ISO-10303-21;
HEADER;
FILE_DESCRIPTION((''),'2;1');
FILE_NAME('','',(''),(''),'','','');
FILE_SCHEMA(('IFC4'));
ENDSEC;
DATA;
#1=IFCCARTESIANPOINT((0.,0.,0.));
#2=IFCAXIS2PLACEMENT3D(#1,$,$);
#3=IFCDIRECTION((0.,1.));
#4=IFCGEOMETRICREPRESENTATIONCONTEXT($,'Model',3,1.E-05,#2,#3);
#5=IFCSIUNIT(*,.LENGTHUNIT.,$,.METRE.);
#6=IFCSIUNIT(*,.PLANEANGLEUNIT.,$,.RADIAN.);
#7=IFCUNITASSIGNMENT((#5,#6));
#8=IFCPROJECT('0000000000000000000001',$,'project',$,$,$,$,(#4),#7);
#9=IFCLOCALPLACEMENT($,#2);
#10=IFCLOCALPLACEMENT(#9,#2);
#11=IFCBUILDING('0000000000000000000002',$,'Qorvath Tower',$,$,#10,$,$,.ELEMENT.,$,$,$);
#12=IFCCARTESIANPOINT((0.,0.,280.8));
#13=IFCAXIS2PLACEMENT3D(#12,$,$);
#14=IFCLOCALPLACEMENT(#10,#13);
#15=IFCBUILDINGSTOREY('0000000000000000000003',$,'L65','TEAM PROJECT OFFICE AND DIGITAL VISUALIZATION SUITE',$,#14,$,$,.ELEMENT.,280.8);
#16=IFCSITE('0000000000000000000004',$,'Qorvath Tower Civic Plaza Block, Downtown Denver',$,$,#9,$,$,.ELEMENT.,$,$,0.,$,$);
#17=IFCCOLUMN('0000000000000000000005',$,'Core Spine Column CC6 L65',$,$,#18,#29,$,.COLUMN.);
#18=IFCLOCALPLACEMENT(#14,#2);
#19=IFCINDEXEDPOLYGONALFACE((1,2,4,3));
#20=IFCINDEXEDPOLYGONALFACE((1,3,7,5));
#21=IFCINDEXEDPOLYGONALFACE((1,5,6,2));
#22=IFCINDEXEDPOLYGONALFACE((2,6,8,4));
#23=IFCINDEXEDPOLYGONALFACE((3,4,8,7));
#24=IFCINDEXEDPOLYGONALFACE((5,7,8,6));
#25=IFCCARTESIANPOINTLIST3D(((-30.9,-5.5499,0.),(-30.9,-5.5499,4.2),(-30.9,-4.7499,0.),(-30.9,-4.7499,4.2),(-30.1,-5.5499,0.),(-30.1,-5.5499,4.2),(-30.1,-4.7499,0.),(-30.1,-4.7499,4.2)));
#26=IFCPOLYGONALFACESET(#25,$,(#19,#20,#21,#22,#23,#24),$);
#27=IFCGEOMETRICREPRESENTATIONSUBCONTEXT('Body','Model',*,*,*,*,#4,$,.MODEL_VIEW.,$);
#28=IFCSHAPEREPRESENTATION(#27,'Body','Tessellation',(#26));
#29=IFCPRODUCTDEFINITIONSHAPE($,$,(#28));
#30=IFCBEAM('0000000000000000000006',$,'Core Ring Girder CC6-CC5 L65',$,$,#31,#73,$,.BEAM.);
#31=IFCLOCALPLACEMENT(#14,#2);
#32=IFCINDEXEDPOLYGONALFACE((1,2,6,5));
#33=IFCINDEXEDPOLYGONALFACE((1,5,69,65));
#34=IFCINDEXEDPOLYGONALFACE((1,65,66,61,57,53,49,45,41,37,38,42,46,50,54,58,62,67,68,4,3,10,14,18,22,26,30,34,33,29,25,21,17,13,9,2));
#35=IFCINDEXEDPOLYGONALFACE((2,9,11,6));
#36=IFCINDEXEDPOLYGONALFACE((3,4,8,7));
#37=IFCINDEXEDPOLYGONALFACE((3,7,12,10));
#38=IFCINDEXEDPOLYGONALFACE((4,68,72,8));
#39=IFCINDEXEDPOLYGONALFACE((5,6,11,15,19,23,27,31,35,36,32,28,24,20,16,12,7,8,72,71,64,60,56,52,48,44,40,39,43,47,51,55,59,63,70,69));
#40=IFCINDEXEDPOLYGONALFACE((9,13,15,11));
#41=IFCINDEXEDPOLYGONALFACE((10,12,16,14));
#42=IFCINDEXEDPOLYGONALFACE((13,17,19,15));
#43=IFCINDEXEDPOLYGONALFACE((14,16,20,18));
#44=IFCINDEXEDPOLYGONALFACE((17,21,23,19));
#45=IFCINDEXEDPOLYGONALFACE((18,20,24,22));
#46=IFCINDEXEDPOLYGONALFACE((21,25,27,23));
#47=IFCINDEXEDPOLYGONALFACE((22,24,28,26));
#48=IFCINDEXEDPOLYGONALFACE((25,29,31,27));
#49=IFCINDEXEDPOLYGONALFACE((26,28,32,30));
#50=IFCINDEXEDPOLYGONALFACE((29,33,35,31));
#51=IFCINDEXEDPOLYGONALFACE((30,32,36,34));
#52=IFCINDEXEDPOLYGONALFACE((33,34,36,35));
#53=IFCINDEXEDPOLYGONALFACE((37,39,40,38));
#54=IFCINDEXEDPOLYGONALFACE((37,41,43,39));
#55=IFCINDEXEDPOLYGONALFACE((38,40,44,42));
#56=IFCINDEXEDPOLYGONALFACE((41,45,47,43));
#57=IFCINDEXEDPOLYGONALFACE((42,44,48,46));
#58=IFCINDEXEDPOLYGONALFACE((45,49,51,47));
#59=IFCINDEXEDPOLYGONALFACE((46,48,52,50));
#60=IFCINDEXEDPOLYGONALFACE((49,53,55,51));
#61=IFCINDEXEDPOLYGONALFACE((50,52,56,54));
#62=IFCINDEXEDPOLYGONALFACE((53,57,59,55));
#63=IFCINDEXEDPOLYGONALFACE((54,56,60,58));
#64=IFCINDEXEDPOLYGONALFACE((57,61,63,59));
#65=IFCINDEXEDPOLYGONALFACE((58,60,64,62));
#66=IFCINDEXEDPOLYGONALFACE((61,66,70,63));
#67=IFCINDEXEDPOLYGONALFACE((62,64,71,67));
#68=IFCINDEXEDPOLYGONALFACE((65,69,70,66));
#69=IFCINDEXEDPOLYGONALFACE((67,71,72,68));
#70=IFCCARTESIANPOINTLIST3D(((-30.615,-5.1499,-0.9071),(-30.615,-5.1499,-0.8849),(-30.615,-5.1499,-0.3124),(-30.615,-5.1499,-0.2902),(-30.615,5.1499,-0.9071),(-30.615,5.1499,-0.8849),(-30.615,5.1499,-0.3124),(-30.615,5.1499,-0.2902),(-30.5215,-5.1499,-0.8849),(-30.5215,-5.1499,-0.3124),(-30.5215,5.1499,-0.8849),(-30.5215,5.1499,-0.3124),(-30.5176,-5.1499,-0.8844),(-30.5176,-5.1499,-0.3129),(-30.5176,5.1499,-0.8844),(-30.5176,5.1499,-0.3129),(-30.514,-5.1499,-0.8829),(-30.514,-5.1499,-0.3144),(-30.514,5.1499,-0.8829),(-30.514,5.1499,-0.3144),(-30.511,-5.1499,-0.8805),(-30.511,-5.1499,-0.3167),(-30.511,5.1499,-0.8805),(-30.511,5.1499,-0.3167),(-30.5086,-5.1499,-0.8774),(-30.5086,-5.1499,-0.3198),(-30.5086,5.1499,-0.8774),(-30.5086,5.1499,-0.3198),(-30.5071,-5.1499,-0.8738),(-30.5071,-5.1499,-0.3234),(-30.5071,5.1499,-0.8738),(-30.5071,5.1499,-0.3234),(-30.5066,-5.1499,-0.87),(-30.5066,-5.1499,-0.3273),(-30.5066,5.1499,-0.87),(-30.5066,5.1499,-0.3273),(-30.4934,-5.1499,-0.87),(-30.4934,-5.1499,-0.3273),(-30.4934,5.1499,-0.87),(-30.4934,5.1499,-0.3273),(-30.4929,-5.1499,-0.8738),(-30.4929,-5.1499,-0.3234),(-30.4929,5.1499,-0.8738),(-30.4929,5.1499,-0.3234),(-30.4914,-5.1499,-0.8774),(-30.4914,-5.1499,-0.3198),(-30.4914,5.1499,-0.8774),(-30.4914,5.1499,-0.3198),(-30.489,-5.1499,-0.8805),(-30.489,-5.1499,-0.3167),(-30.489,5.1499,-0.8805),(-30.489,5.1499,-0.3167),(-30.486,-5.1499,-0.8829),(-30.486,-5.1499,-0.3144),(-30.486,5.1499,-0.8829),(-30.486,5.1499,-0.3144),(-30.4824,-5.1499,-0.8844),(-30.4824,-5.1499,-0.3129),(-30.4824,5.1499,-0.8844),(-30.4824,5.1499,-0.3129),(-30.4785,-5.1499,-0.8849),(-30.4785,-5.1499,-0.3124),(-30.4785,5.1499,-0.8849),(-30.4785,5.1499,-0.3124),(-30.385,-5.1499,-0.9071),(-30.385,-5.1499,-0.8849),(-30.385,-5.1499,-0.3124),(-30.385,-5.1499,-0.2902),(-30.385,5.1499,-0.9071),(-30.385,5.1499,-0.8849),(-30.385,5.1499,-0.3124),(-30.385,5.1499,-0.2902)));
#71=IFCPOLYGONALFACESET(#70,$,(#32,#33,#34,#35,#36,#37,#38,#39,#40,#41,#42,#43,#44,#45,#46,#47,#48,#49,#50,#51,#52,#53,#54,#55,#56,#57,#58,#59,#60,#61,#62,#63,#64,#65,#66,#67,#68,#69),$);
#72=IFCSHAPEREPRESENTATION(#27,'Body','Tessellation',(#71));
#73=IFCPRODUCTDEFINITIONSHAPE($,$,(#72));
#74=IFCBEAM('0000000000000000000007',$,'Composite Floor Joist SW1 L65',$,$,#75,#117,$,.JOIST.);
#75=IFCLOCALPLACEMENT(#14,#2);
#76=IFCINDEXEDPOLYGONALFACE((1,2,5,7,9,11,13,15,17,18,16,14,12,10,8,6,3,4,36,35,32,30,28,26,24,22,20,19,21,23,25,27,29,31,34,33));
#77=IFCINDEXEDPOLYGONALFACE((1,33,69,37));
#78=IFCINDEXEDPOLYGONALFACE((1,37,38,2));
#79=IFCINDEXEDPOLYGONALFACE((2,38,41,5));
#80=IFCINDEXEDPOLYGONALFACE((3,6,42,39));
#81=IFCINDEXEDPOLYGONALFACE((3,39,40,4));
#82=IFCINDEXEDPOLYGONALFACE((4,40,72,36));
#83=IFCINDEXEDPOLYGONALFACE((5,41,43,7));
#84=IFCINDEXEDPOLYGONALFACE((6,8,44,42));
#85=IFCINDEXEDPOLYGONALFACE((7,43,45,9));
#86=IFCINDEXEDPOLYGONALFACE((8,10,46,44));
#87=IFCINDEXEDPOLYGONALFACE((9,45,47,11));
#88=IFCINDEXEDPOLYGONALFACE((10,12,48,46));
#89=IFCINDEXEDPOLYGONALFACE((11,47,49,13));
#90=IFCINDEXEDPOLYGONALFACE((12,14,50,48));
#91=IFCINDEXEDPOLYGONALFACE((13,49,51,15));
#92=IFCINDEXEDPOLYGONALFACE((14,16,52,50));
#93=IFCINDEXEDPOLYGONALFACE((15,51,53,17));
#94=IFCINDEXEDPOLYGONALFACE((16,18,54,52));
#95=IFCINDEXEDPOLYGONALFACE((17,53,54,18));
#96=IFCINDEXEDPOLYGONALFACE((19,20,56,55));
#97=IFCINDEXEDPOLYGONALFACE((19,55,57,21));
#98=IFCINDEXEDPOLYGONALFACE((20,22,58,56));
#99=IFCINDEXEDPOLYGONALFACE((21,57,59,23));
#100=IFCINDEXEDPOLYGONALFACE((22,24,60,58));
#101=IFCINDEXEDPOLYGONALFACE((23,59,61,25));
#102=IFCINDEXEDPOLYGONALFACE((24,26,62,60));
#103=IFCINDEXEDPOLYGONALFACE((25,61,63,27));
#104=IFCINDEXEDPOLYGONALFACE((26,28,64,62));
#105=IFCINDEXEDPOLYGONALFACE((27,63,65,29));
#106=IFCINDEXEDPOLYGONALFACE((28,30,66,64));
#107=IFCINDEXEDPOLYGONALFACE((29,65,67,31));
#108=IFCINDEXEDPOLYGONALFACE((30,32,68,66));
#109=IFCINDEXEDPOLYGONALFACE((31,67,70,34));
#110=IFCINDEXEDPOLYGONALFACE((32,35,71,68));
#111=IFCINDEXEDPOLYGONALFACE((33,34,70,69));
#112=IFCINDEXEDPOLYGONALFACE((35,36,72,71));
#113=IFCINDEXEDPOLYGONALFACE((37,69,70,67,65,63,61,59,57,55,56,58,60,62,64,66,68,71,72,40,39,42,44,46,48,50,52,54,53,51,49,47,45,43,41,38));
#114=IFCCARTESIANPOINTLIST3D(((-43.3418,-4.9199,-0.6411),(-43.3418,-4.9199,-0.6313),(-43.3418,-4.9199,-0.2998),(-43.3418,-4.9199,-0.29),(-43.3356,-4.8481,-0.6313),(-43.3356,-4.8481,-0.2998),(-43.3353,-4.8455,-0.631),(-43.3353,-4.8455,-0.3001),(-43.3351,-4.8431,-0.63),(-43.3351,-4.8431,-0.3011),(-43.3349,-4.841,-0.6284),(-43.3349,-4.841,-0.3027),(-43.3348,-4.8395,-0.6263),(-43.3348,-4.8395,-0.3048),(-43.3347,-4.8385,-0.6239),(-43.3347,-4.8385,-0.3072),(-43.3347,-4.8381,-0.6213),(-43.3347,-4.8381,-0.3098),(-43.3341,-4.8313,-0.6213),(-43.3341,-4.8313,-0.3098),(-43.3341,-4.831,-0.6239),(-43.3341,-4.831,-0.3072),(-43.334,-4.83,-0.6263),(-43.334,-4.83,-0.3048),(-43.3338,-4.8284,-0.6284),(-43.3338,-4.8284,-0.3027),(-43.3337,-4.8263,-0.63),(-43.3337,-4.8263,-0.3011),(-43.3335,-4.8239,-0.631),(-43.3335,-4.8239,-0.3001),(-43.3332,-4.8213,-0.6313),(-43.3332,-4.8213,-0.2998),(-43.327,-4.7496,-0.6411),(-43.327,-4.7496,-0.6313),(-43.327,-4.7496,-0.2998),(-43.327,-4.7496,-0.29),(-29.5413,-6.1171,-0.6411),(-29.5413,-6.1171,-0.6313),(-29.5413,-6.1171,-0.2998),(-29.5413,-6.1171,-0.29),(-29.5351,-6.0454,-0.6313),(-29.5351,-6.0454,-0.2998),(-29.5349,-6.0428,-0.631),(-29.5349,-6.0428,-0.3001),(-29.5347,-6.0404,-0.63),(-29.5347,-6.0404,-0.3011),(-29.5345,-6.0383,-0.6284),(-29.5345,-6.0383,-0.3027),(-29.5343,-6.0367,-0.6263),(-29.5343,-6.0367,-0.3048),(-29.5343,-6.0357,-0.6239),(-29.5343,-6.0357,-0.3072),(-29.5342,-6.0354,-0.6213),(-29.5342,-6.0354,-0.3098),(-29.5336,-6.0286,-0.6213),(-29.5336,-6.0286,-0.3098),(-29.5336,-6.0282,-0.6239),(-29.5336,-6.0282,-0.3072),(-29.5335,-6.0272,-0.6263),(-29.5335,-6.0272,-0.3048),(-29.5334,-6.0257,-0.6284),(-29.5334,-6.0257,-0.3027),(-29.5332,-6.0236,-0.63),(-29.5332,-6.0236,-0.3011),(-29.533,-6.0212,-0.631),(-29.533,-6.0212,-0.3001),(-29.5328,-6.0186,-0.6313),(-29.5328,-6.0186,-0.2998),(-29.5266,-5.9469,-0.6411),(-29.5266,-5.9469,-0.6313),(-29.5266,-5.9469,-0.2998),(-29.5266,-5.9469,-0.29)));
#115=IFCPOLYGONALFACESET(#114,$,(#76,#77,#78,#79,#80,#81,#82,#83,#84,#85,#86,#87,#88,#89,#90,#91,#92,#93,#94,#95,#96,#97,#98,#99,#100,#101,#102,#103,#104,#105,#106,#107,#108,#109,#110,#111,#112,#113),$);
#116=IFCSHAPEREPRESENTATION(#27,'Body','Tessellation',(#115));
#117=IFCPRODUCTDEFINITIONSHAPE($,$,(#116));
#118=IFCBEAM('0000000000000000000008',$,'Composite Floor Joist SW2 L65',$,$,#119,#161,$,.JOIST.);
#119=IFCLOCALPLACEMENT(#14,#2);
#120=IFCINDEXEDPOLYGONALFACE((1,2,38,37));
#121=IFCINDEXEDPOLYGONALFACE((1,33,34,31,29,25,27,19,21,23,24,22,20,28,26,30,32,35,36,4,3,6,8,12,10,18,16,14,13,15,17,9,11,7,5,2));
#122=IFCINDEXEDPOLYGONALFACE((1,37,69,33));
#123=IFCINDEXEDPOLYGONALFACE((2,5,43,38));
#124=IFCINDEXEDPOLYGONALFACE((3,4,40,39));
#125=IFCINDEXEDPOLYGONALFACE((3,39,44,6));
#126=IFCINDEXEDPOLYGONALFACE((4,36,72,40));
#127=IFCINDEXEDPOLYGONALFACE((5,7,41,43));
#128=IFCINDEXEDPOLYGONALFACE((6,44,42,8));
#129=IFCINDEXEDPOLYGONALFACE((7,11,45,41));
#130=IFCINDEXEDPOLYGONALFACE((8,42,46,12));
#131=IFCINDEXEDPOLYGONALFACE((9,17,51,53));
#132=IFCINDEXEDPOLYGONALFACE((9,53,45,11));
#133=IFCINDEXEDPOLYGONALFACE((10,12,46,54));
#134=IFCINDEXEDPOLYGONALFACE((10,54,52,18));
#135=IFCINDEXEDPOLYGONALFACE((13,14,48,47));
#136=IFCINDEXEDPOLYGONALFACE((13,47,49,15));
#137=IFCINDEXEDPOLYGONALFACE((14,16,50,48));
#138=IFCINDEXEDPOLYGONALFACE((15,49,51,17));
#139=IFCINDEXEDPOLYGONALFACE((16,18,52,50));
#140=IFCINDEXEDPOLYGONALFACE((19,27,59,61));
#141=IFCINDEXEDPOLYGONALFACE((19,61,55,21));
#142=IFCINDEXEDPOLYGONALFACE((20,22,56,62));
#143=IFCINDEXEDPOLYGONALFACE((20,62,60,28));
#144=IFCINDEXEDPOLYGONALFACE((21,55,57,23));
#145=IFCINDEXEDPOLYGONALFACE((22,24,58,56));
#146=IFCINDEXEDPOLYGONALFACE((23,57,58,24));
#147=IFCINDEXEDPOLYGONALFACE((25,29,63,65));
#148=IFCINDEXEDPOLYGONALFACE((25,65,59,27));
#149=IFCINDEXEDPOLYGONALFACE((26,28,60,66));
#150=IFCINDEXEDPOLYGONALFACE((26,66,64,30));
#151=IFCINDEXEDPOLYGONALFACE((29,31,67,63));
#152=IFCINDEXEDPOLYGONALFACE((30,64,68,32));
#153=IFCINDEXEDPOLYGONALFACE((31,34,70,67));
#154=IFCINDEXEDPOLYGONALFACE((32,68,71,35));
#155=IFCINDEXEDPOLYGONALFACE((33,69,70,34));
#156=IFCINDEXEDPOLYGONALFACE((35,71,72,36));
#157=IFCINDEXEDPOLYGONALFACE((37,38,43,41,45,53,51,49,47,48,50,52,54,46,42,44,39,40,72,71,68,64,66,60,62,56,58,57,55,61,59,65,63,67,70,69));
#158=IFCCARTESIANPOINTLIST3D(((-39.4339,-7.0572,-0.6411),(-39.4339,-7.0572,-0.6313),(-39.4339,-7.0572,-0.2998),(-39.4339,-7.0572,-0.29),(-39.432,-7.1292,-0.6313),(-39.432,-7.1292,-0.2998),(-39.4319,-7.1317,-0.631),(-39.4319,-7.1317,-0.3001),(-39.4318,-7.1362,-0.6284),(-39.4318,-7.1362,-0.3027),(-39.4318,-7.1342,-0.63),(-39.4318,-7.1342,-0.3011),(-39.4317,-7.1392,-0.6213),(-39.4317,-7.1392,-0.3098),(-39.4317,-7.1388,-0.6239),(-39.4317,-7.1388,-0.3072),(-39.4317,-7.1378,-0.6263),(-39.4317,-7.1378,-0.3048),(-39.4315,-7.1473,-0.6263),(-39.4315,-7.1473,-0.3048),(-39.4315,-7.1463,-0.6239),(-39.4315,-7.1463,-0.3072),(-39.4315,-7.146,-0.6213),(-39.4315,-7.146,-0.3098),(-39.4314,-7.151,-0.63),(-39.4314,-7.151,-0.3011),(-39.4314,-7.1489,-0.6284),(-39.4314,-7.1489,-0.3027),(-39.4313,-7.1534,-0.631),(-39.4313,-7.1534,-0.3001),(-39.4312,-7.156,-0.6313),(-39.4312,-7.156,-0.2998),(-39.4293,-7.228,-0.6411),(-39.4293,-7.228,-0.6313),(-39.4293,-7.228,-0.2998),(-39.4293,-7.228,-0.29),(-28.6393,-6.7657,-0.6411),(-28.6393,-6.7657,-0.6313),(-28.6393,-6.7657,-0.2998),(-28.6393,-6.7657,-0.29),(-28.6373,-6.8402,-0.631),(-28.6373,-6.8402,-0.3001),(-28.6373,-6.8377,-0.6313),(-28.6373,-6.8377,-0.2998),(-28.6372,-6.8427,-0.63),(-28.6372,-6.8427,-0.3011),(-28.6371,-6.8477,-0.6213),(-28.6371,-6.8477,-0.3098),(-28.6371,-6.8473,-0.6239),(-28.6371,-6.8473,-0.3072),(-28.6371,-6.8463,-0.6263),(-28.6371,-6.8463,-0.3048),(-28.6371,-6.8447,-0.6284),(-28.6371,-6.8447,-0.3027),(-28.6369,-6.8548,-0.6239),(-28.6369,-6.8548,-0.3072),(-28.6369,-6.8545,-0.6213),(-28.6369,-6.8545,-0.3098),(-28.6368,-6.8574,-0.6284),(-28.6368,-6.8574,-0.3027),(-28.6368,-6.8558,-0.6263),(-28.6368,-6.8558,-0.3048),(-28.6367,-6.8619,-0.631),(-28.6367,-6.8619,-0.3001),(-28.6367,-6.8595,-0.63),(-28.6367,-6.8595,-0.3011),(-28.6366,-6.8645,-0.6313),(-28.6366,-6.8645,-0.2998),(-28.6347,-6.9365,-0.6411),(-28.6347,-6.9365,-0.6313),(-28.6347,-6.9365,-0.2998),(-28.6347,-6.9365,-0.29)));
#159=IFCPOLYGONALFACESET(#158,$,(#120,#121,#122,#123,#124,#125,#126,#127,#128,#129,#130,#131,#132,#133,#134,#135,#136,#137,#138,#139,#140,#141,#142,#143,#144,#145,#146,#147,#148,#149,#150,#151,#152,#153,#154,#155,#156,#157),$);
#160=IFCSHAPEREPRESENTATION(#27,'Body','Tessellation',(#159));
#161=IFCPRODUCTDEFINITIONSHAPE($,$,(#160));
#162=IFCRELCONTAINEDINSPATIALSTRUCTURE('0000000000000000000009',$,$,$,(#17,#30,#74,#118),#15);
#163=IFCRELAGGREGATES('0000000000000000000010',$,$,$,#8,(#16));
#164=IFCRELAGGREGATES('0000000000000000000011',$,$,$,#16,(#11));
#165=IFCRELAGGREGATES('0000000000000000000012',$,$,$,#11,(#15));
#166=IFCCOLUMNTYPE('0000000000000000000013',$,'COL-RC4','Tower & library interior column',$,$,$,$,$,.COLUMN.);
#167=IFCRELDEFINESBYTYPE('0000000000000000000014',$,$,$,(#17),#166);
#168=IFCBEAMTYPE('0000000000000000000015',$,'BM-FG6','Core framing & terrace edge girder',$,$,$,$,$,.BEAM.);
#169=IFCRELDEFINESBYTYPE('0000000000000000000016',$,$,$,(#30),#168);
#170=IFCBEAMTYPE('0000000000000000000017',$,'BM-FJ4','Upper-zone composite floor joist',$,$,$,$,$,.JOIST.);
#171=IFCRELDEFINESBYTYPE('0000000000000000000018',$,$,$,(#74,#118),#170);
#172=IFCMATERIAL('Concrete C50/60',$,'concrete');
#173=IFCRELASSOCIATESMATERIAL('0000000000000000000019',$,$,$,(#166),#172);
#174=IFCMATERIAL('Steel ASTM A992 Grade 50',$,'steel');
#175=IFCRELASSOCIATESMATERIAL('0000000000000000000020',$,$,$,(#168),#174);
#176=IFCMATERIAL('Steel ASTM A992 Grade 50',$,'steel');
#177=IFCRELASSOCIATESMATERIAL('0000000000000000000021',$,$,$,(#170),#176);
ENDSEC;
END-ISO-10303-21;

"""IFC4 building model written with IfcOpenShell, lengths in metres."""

from ifc_helpers import new_model, si_unit, direction, frame, origin, origin_2d, place, context, subcontext, project, spatial, rectangle, i_section, extrude, material, material_profile, profile_set, type_object, element, save


model = new_model("IFC4")

# Units and contexts
model_context = context("Model", 3, precision=1e-05, world=origin(), true_north=direction((0.0, 1.0)))
body_context = subcontext(model_context, "Body", "Model", "MODEL_VIEW")
ifc_project = project(units=[si_unit("LENGTHUNIT", "METRE"), si_unit("PLANEANGLEUNIT", "RADIAN")], contexts=[model_context])

# Site, building, storey
site_placement = place(None, origin())
site = spatial("IfcSite", under=ifc_project, at=site_placement, Name="Qorvath Tower Civic Plaza Block, Downtown Denver", CompositionType="ELEMENT", RefElevation=0.0)
building_placement = place(site_placement, origin())
building = spatial("IfcBuilding", under=site, at=building_placement, Name="Qorvath Tower", CompositionType="ELEMENT")
storey_placement = place(building_placement, frame((0.0, 0.0, 280.8)))
storey = spatial("IfcBuildingStorey", under=building, at=storey_placement, Name="L65", Description="TEAM PROJECT OFFICE AND DIGITAL VISUALIZATION SUITE", CompositionType="ELEMENT", Elevation=280.8)

# Column
ifc_material_1 = material(Name="Concrete C50/60", Category="concrete")
ifc_material_profile_1 = material_profile(ifc_material_1, rectangle(XDim=0.8, YDim=0.8, at=origin_2d()), Name="RC 800x800")
ifc_profile_set_1 = profile_set([ifc_material_profile_1], Name="Concrete C50/60")
column_type = type_object("IfcColumnType", Name="COL-RC4", Description="Tower & library interior column", PredefinedType="COLUMN", material=ifc_profile_set_1)
column_placement = place(storey_placement, frame((-30.5, -5.1499, 0.0), z_axis=(0.0, 0.0, 1.0), x_axis=(1.0, 0.0, 0.0)))
element("IfcColumn", 1, at=column_placement, inside=storey, type_object=column_type, Name="Core Spine Column CC6 L65", PredefinedType="COLUMN", context=body_context, shape_type="SweptSolid", body=[
    extrude(rectangle(XDim=0.8, YDim=0.8, at=origin_2d()), origin(), (0.0, 0.0, 1.0), 4.2),
])

# Beams
ifc_material_2 = material(Name="Steel ASTM A992 Grade 50", Category="steel")
ifc_material_profile_2 = material_profile(ifc_material_2, i_section(OverallWidth=0.23, OverallDepth=0.6169, WebThickness=0.0132, FlangeThickness=0.0222, FilletRadius=0.0149, at=origin_2d()), Name="W24x94")
ifc_profile_set_2 = profile_set([ifc_material_profile_2], Name="Steel ASTM A992 Grade 50")
beam_type_1 = type_object("IfcBeamType", Name="BM-FG6", Description="Core framing & terrace edge girder", PredefinedType="BEAM", material=ifc_profile_set_2)
beam_1_placement = place(storey_placement, frame((-30.5, -5.1499, -0.5986), z_axis=(0.0, 1.0, 0.0), x_axis=(-1.0, 0.0, 0.0)))
element("IfcBeam", 2, at=beam_1_placement, inside=storey, type_object=beam_type_1, Name="Core Ring Girder CC6-CC5 L65", PredefinedType="BEAM", context=body_context, shape_type="SweptSolid", body=[
    extrude(i_section(OverallWidth=0.23, OverallDepth=0.6169, WebThickness=0.0132, FlangeThickness=0.0222, FilletRadius=0.0149, at=origin_2d()), origin(), (0.0, 0.0, 1.0), 10.2998),
])
ifc_material_3 = material(Name="Steel ASTM A992 Grade 50", Category="steel")
ifc_material_profile_3 = material_profile(ifc_material_3, i_section(OverallWidth=0.1709, OverallDepth=0.3511, WebThickness=0.0068, FlangeThickness=0.0098, FilletRadius=0.01, at=origin_2d()), Name="W14x30")
ifc_profile_set_3 = profile_set([ifc_material_profile_3], Name="Steel ASTM A992 Grade 50")
beam_type_2 = type_object("IfcBeamType", Name="BM-FJ4", Description="Upper-zone composite floor joist", PredefinedType="JOIST", material=ifc_profile_set_3)
beam_2_placement = place(storey_placement, frame((-29.5339, -6.032, -0.4656), z_axis=(-0.996258, 0.08643, 0.0), x_axis=(-0.08643, -0.996258, 0.0)))
element("IfcBeam", 3, at=beam_2_placement, inside=storey, type_object=beam_type_2, Name="Composite Floor Joist SW1 L65", PredefinedType="JOIST", context=body_context, shape_type="SweptSolid", body=[
    extrude(i_section(OverallWidth=0.1709, OverallDepth=0.3511, WebThickness=0.0068, FlangeThickness=0.0098, FilletRadius=0.01, at=origin_2d()), origin(), (0.0, 0.0, 1.0), 13.8523),
])
beam_3_placement = place(storey_placement, frame((-28.637, -6.8511, -0.4656), z_axis=(-0.999636, -0.026995, 0.0), x_axis=(0.026995, -0.999636, 0.0)))
element("IfcBeam", 4, at=beam_3_placement, inside=storey, type_object=beam_type_2, Name="Composite Floor Joist SW2 L65", PredefinedType="JOIST", context=body_context, shape_type="SweptSolid", body=[
    extrude(i_section(OverallWidth=0.1709, OverallDepth=0.3511, WebThickness=0.0068, FlangeThickness=0.0098, FilletRadius=0.01, at=origin_2d()), origin(), (0.0, 0.0, 1.0), 10.7986),
])

save(model, "model.ifc")
